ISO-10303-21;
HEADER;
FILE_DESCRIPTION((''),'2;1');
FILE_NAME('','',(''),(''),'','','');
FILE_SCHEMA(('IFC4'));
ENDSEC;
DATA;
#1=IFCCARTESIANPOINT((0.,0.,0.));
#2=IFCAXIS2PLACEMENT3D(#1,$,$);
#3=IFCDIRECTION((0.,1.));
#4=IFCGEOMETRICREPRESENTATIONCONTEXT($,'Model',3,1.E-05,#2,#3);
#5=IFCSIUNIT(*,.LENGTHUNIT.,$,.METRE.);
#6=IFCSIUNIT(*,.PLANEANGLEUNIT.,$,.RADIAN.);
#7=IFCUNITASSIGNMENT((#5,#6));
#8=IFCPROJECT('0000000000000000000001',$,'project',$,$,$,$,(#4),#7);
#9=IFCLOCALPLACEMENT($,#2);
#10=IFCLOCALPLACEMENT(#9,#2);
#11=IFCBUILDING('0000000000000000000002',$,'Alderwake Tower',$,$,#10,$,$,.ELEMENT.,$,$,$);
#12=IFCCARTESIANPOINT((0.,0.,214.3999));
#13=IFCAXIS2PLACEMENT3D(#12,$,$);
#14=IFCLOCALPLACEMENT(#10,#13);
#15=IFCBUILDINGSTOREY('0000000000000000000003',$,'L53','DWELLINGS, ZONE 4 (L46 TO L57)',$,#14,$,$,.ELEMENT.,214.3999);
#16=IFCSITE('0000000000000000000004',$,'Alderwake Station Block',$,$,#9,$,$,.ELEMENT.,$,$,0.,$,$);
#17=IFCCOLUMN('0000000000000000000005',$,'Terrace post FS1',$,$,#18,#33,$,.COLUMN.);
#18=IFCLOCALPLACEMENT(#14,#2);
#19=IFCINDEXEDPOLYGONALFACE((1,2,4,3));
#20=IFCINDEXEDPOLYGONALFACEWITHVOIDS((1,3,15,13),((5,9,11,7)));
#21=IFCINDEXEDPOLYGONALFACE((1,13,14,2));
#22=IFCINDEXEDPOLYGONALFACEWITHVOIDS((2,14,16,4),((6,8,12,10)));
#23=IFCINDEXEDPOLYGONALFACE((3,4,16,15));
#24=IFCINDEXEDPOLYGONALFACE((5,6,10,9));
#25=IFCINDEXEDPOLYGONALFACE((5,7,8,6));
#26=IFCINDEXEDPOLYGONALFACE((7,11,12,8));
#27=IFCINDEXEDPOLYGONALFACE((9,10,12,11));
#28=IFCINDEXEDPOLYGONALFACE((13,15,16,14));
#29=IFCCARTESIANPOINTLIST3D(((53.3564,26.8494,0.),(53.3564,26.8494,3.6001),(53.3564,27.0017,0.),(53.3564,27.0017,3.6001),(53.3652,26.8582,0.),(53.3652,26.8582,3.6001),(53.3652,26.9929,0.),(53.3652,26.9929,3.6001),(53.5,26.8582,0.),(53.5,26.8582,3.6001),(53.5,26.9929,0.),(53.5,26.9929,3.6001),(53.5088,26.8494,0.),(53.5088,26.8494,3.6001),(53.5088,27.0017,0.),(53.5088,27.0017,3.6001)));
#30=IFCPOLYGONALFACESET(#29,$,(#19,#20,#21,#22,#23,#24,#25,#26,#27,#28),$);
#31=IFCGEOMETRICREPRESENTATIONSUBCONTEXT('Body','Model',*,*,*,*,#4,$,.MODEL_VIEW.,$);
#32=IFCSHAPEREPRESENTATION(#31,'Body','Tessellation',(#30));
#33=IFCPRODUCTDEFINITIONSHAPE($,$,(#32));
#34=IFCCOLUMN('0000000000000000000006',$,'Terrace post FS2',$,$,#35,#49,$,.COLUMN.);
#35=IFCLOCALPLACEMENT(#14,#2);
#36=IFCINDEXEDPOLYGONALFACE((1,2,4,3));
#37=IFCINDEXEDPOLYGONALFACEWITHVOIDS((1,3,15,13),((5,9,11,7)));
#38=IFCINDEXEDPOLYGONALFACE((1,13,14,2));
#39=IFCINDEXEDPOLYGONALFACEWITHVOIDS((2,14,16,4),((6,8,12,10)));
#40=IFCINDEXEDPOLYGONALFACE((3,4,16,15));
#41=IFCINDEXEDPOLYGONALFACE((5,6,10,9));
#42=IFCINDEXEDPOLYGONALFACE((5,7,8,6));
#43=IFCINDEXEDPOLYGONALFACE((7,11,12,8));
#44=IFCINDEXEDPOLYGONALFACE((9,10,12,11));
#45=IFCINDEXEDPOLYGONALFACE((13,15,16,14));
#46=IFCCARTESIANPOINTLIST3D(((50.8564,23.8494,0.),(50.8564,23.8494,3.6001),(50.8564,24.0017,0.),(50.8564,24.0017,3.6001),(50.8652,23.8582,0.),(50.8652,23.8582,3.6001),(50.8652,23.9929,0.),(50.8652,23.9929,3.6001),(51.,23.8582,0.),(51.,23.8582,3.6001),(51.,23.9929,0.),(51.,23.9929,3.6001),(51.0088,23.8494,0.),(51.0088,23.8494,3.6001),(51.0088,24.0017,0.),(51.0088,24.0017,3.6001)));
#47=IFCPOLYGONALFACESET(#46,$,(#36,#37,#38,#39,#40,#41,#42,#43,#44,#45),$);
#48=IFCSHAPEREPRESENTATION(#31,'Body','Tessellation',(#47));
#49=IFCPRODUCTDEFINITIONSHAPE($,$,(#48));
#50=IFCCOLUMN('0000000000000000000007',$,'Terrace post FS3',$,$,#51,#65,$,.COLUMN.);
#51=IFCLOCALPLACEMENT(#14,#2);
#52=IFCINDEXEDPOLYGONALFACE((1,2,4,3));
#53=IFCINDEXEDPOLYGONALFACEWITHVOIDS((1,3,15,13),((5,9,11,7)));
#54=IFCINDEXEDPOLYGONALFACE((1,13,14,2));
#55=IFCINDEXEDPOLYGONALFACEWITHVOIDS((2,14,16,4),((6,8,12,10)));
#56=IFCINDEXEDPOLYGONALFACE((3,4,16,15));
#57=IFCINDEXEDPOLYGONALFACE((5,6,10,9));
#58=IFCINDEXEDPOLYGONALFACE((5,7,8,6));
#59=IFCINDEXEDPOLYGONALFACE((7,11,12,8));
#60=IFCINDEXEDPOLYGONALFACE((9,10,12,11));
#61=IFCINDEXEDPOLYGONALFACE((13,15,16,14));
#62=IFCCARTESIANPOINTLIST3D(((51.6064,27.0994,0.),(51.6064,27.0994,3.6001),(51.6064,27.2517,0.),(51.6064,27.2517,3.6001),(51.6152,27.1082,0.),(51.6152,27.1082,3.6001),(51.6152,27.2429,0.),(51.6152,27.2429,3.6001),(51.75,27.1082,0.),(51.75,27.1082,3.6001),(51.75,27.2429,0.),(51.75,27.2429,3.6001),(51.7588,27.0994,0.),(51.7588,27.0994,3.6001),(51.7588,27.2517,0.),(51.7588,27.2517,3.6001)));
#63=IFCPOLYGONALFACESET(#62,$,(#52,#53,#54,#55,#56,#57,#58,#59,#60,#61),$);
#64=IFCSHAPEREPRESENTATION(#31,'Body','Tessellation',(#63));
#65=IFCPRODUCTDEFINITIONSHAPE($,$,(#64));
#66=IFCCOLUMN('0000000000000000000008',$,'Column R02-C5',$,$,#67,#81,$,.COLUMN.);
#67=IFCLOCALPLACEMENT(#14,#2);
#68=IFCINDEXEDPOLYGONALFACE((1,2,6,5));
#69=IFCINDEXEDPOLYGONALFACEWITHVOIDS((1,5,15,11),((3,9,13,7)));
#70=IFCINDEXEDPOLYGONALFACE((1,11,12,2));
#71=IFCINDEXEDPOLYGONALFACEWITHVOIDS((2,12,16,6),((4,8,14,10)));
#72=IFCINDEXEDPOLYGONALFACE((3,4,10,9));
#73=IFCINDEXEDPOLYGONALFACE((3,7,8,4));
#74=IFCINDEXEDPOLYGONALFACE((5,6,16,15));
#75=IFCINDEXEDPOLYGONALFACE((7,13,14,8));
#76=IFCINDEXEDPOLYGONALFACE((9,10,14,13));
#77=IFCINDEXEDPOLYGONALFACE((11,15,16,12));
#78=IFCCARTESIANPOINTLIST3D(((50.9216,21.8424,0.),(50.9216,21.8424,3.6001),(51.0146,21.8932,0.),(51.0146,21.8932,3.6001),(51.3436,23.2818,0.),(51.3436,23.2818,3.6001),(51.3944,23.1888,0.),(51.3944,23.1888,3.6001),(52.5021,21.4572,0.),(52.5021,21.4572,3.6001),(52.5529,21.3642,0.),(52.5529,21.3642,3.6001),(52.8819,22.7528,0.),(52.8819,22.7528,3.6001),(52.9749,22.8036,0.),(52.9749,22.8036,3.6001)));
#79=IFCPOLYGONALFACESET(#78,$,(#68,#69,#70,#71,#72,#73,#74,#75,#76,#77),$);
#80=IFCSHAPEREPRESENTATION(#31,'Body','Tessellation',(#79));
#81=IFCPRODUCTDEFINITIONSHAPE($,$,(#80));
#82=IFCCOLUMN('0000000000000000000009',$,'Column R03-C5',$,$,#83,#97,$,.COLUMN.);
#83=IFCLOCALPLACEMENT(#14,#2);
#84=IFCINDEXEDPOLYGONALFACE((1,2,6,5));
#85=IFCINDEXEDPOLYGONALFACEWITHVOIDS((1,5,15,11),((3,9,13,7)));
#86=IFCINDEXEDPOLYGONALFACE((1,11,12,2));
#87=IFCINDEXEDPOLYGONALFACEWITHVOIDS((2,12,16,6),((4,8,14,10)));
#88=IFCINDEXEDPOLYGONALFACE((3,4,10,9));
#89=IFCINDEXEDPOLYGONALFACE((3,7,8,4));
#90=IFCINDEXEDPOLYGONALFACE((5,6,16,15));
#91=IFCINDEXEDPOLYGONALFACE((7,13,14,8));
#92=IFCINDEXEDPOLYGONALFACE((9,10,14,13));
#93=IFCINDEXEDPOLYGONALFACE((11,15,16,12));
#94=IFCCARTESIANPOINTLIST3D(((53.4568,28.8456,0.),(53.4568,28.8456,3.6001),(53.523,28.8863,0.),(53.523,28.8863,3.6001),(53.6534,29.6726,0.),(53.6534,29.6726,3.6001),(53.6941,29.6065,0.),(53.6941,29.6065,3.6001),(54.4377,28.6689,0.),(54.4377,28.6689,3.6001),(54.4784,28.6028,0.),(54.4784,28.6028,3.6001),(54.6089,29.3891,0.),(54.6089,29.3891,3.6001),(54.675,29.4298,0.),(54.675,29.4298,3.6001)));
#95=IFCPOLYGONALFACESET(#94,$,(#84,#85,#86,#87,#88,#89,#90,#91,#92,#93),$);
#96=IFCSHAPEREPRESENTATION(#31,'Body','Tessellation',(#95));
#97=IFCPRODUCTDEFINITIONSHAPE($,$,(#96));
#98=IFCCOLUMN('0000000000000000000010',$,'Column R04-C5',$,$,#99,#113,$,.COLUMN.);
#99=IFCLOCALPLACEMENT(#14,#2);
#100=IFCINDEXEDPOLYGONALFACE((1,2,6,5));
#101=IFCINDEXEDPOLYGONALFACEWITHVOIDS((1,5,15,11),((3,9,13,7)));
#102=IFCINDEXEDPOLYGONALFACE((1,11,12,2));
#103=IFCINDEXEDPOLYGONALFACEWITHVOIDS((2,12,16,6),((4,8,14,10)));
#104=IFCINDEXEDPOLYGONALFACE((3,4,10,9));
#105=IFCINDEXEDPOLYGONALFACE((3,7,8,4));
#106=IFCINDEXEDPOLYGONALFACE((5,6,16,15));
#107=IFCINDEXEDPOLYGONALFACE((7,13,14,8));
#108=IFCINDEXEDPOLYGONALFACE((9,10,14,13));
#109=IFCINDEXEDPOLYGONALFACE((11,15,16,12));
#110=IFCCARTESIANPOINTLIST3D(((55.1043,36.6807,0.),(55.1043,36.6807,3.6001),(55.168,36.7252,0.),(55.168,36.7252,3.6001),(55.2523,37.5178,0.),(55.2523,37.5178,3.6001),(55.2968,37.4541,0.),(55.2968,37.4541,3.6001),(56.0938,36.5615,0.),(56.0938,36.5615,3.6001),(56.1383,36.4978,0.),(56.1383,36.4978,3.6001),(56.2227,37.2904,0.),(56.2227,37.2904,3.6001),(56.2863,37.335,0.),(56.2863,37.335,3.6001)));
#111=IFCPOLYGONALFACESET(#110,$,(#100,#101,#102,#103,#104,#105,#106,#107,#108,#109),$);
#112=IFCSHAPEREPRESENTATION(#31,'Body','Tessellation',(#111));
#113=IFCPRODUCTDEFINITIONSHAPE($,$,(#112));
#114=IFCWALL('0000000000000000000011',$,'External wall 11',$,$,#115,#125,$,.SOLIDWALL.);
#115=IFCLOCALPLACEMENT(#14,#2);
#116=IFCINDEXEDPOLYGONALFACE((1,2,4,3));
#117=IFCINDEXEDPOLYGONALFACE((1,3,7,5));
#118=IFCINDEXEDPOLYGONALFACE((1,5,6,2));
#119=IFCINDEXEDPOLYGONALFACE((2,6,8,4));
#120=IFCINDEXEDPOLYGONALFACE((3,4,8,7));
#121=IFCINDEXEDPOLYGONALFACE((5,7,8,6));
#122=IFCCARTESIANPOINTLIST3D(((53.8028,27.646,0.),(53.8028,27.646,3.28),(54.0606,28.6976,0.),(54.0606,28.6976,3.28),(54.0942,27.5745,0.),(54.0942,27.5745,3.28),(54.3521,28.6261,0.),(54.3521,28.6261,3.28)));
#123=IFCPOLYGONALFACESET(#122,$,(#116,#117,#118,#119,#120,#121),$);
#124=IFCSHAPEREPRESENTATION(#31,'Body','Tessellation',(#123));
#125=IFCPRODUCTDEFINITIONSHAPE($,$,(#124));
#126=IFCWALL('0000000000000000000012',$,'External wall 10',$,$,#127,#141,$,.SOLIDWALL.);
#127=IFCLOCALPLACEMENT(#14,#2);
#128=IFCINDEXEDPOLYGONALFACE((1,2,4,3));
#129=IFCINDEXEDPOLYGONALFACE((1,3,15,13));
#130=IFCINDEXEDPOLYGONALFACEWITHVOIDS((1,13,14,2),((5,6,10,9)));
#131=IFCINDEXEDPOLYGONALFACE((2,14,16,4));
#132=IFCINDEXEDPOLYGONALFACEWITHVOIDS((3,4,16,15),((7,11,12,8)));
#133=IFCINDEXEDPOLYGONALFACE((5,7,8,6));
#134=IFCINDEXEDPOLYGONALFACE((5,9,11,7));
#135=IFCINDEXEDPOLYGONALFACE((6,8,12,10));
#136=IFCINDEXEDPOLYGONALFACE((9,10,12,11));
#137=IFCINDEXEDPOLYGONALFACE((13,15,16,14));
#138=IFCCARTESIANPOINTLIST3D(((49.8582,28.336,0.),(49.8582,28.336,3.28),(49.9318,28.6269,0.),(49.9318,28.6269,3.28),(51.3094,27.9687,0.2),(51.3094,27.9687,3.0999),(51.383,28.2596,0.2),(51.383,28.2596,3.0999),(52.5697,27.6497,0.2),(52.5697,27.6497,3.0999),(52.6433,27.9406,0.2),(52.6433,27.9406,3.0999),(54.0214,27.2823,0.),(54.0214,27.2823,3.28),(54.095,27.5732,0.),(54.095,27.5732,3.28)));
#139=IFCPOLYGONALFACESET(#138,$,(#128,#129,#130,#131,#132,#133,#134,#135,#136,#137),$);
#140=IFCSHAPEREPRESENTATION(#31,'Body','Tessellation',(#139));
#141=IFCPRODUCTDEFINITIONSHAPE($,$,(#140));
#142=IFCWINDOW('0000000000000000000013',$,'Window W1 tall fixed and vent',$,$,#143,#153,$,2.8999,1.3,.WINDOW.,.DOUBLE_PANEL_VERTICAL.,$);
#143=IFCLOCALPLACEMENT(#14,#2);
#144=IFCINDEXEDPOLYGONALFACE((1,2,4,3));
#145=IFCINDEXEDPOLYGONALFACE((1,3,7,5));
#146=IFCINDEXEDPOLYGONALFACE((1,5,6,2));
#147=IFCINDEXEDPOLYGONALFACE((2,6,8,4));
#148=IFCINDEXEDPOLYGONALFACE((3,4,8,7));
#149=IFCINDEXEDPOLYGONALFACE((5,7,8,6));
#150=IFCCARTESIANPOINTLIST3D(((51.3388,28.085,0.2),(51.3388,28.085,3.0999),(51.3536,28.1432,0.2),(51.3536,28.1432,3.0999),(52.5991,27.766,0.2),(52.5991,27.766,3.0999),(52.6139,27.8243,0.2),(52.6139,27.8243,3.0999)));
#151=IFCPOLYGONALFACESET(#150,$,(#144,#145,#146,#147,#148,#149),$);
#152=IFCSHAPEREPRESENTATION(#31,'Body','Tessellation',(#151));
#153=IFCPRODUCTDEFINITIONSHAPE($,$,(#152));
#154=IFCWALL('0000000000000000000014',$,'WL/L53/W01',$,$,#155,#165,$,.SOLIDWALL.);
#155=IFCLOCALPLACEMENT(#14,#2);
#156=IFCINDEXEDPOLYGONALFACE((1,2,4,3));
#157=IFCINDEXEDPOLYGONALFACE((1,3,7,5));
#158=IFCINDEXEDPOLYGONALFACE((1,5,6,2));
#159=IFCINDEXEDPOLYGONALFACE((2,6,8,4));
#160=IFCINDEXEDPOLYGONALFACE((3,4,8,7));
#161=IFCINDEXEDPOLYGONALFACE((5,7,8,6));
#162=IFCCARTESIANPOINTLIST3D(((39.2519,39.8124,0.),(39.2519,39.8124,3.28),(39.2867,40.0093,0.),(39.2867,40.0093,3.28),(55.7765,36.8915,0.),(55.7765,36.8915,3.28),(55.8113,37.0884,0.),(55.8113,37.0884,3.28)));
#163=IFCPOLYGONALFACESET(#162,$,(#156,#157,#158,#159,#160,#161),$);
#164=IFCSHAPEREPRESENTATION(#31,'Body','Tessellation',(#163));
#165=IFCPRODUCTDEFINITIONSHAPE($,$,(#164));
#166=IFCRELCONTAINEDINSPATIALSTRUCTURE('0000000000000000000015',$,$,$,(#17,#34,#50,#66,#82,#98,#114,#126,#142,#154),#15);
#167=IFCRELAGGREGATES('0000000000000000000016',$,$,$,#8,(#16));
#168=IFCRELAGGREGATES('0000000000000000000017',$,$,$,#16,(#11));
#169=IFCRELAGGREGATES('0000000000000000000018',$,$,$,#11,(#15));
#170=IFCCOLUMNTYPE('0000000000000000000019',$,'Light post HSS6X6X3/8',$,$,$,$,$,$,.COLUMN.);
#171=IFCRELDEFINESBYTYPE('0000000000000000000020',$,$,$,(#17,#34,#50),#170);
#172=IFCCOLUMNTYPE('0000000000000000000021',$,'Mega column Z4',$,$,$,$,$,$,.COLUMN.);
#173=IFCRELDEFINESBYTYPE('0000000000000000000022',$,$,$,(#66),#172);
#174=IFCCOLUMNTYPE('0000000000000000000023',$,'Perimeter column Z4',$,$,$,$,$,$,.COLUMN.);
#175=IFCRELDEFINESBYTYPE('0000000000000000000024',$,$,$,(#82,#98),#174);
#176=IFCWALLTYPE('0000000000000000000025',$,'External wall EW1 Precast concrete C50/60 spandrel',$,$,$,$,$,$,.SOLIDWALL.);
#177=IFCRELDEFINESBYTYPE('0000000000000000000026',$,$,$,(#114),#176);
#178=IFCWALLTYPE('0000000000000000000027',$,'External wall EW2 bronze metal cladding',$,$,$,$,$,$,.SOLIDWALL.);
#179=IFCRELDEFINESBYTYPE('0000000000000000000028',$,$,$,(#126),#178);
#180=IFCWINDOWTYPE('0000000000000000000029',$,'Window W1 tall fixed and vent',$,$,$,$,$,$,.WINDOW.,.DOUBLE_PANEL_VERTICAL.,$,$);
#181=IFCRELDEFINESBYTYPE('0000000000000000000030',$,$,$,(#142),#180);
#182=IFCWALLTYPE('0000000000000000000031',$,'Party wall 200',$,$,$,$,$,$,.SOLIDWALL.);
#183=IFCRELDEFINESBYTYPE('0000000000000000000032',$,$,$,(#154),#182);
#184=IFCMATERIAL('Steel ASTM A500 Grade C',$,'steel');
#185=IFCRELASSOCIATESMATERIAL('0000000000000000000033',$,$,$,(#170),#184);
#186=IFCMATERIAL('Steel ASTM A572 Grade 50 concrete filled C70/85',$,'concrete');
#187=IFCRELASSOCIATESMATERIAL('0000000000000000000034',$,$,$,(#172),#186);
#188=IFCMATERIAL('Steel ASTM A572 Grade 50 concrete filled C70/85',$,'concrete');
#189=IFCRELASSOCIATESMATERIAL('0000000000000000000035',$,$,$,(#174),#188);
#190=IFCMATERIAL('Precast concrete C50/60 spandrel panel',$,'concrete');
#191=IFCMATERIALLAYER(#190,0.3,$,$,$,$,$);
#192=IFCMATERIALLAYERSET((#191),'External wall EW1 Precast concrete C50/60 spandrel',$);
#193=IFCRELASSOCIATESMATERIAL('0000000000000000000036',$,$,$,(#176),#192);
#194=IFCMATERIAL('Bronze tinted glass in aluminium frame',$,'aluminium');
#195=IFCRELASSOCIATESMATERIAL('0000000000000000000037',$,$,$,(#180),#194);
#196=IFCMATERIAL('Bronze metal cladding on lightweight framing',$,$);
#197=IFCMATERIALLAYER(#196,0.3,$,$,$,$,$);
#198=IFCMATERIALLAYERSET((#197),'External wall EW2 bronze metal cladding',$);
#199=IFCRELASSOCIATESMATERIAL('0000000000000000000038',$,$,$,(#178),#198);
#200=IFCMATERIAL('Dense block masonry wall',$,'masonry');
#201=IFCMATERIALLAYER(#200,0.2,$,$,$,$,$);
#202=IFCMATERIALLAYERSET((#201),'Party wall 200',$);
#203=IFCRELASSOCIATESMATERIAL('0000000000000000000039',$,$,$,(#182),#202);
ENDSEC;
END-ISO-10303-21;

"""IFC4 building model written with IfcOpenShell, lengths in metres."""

from ifc_helpers import new_model, si_unit, direction, frame, frame_2d, origin, origin_2d, place, context, subcontext, project, spatial, rectangle, hollow_rectangle, extrude, material, layer, layer_set, material_profile, profile_set, type_object, element, fill, save


model = new_model("IFC4")

# Units and contexts
model_context = context("Model", 3, precision=1e-05, world=origin(), true_north=direction((0.0, 1.0)))
body_context = subcontext(model_context, "Body", "Model", "MODEL_VIEW")
ifc_project = project(units=[si_unit("LENGTHUNIT", "METRE"), si_unit("PLANEANGLEUNIT", "RADIAN")], contexts=[model_context])

# Site, building, storey
site_placement = place(None, origin())
site = spatial("IfcSite", under=ifc_project, at=site_placement, Name="Alderwake Station Block", CompositionType="ELEMENT", RefElevation=0.0)
building_placement = place(site_placement, origin())
building = spatial("IfcBuilding", under=site, at=building_placement, Name="Alderwake Tower", CompositionType="ELEMENT")
storey_placement = place(building_placement, frame((0.0, 0.0, 214.3999)))
storey = spatial("IfcBuildingStorey", under=building, at=storey_placement, Name="L53", Description="DWELLINGS, ZONE 4 (L46 TO L57)", CompositionType="ELEMENT", Elevation=214.3999)

# Columns
ifc_material_1 = material(Name="Steel ASTM A500 Grade C", Category="steel")
ifc_material_profile_1 = material_profile(ifc_material_1, hollow_rectangle(XDim=0.1523, YDim=0.1523, WallThickness=0.0088, at=origin_2d()), Name="HSS6X6X3/8")
ifc_profile_set_1 = profile_set([ifc_material_profile_1], Name="Steel ASTM A500 Grade C")
column_type_1 = type_object("IfcColumnType", Name="Light post HSS6X6X3/8", PredefinedType="COLUMN", material=ifc_profile_set_1)
for number, where, z_axis, x_axis, name in (
    (1, (53.4326, 26.9255, 0.0), (0.0, 0.0, 1.0), (1.0, 0.0, 0.0), "Terrace post FS1"),
    (2, (50.9326, 23.9255, 0.0), (0.0, 0.0, 1.0), (1.0, 0.0, 0.0), "Terrace post FS2"),
    (3, (51.6826, 27.1755, 0.0), (0.0, 0.0, 1.0), (1.0, 0.0, 0.0), "Terrace post FS3"),
):
    element("IfcColumn", number, at=place(storey_placement, frame(where, z_axis=z_axis, x_axis=x_axis)), inside=storey, type_object=column_type_1, Name=name, PredefinedType="COLUMN", context=body_context, shape_type="SweptSolid", body=[
        extrude(hollow_rectangle(XDim=0.1523, YDim=0.1523, WallThickness=0.0088, at=origin_2d()), origin(), (0.0, 0.0, 1.0), 3.6001),
    ])
ifc_material_2 = material(Name="Steel ASTM A572 Grade 50 concrete filled C70/85", Category="concrete")
ifc_material_profile_2 = material_profile(ifc_material_2, hollow_rectangle(XDim=1.5, YDim=1.7, WallThickness=0.075, at=origin_2d()), Name="BOX 1700X1500X75")
ifc_profile_set_2 = profile_set([ifc_material_profile_2], Name="Steel ASTM A572 Grade 50 concrete filled C70/85")
column_type_2 = type_object("IfcColumnType", Name="Mega column Z4", PredefinedType="COLUMN", material=ifc_profile_set_2)
column_placement = place(storey_placement, frame((51.9482, 22.323, 0.0), z_axis=(0.0, 0.0, 1.0), x_axis=(0.281288, 0.959623, 0.0)))
element("IfcColumn", 4, at=column_placement, inside=storey, type_object=column_type_2, Name="Column R02-C5", PredefinedType="COLUMN", context=body_context, shape_type="SweptSolid", body=[
    extrude(hollow_rectangle(XDim=1.5, YDim=1.7, WallThickness=0.075, at=origin_2d()), origin(), (0.0, 0.0, 1.0), 3.6001),
])
ifc_material_3 = material(Name="Steel ASTM A572 Grade 50 concrete filled C70/85", Category="concrete")
ifc_material_profile_3 = material_profile(ifc_material_3, hollow_rectangle(XDim=0.8501, YDim=1.05, WallThickness=0.0549, at=origin_2d()), Name="BOX 1050X850X55")
ifc_profile_set_3 = profile_set([ifc_material_profile_3], Name="Steel ASTM A572 Grade 50 concrete filled C70/85")
column_type_3 = type_object("IfcColumnType", Name="Perimeter column Z4", PredefinedType="COLUMN", material=ifc_profile_set_3)
for number, where, z_axis, x_axis, name in (
    (5, (54.0659, 29.1377, 0.0), (0.0, 0.0, 1.0), (0.231222, 0.972901, 0.0), "Column R03-C5"),
    (6, (55.6953, 37.0078, 0.0), (0.0, 0.0, 1.0), (0.174109, 0.984726, 0.0), "Column R04-C5"),
):
    element("IfcColumn", number, at=place(storey_placement, frame(where, z_axis=z_axis, x_axis=x_axis)), inside=storey, type_object=column_type_3, Name=name, PredefinedType="COLUMN", context=body_context, shape_type="SweptSolid", body=[
        extrude(hollow_rectangle(XDim=0.8501, YDim=1.05, WallThickness=0.0549, at=origin_2d()), origin(), (0.0, 0.0, 1.0), 3.6001),
    ])

# Wall
ifc_material_4 = material(Name="Precast concrete C50/60 spandrel panel", Category="concrete")
ifc_layer_1 = layer(ifc_material_4, 0.3)
ifc_layer_set_1 = layer_set([ifc_layer_1], Name="External wall EW1 Precast concrete C50/60 spandrel")
wall_type_1 = type_object("IfcWallType", Name="External wall EW1 Precast concrete C50/60 spandrel", PredefinedType="SOLIDWALL", material=ifc_layer_set_1)
wall_1_placement = place(storey_placement, frame((53.9485, 27.6101, 0.0), z_axis=(0.0, 0.0, 1.0), x_axis=(0.238129, 0.971233, 0.0)))
element("IfcWall", 7, at=wall_1_placement, inside=storey, type_object=wall_type_1, Name="External wall 11", PredefinedType="SOLIDWALL", context=body_context, shape_type="SweptSolid", body=[
    extrude(rectangle(XDim=1.0828, YDim=0.3, at=frame_2d((0.5415, 0.0))), origin(), (0.0, 0.0, 1.0), 3.28),
])

# Shared definitions
ifc_material_5 = material(Name="Bronze tinted glass in aluminium frame", Category="aluminium")
window_type = type_object("IfcWindowType", Name="Window W1 tall fixed and vent", PartitioningType="DOUBLE_PANEL_VERTICAL", PredefinedType="WINDOW", material=ifc_material_5)

# Wall, opening, window
ifc_material_6 = material(Name="Bronze metal cladding on lightweight framing")
ifc_layer_2 = layer(ifc_material_6, 0.3)
ifc_layer_set_2 = layer_set([ifc_layer_2], Name="External wall EW2 bronze metal cladding")
wall_type_2 = type_object("IfcWallType", Name="External wall EW2 bronze metal cladding", PredefinedType="SOLIDWALL", material=ifc_layer_set_2)
wall_2_placement = place(storey_placement, frame((49.895, 28.4814, 0.0), z_axis=(0.0, 0.0, 1.0), x_axis=(0.969429, -0.24537, 0.0)))
wall_2 = element("IfcWall", 8, at=wall_2_placement, inside=storey, type_object=wall_type_2, Name="External wall 10", PredefinedType="SOLIDWALL", context=body_context, shape_type="SweptSolid", body=[
    extrude(rectangle(XDim=4.2944, YDim=0.3, at=frame_2d((2.1472, 0.0))), origin(), (0.0, 0.0, 1.0), 3.28),
])
opening_1_placement = place(wall_2_placement, frame((1.4971, 0.0, 0.2)))
opening_1 = element("IfcOpeningElement", 9, at=opening_1_placement, cuts=wall_2, PredefinedType="OPENING", context=body_context, shape_type="SweptSolid", body=[
    extrude(rectangle(XDim=1.3, YDim=2.8999, at=frame_2d((0.6499, 1.45))), frame((0.0, 0.1599, 0.0), z_axis=(0.0, -1.0, 0.0), x_axis=(1.0, 0.0, 0.0)), (0.0, 0.0, 1.0), 0.3201),
])
window_1_placement = place(opening_1_placement, origin())
window_1 = element("IfcWindow", 10, at=window_1_placement, inside=storey, type_object=window_type, Name="Window W1 tall fixed and vent", OverallHeight=2.8999, OverallWidth=1.3, PartitioningType="DOUBLE_PANEL_VERTICAL", PredefinedType="WINDOW", context=body_context, shape_type="SweptSolid", body=[
    extrude(rectangle(XDim=1.3, YDim=2.8999, at=frame_2d((0.6499, 1.45))), frame((0.0, 0.03, 0.0), z_axis=(0.0, -1.0, 0.0), x_axis=(1.0, 0.0, 0.0)), (0.0, 0.0, 1.0), 0.0601),
])
fill(opening_1, window_1)

# Wall
ifc_material_7 = material(Name="Dense block masonry wall", Category="masonry")
ifc_layer_3 = layer(ifc_material_7, 0.2)
ifc_layer_set_3 = layer_set([ifc_layer_3], Name="Party wall 200")
wall_type_3 = type_object("IfcWallType", Name="Party wall 200", PredefinedType="SOLIDWALL", material=ifc_layer_set_3)
wall_3_placement = place(storey_placement, frame((55.7939, 36.99, 0.0), z_axis=(0.0, 0.0, 1.0), x_axis=(-0.984735, 0.174062, 0.0)))
element("IfcWall", 11, at=wall_3_placement, inside=storey, type_object=wall_type_3, Name="WL/L53/W01", PredefinedType="SOLIDWALL", context=body_context, shape_type="SweptSolid", body=[
    extrude(rectangle(XDim=16.7808, YDim=0.2, at=frame_2d((8.3904, 0.0))), origin(), (0.0, 0.0, 1.0), 3.28),
])

save(model, "model.ifc")
